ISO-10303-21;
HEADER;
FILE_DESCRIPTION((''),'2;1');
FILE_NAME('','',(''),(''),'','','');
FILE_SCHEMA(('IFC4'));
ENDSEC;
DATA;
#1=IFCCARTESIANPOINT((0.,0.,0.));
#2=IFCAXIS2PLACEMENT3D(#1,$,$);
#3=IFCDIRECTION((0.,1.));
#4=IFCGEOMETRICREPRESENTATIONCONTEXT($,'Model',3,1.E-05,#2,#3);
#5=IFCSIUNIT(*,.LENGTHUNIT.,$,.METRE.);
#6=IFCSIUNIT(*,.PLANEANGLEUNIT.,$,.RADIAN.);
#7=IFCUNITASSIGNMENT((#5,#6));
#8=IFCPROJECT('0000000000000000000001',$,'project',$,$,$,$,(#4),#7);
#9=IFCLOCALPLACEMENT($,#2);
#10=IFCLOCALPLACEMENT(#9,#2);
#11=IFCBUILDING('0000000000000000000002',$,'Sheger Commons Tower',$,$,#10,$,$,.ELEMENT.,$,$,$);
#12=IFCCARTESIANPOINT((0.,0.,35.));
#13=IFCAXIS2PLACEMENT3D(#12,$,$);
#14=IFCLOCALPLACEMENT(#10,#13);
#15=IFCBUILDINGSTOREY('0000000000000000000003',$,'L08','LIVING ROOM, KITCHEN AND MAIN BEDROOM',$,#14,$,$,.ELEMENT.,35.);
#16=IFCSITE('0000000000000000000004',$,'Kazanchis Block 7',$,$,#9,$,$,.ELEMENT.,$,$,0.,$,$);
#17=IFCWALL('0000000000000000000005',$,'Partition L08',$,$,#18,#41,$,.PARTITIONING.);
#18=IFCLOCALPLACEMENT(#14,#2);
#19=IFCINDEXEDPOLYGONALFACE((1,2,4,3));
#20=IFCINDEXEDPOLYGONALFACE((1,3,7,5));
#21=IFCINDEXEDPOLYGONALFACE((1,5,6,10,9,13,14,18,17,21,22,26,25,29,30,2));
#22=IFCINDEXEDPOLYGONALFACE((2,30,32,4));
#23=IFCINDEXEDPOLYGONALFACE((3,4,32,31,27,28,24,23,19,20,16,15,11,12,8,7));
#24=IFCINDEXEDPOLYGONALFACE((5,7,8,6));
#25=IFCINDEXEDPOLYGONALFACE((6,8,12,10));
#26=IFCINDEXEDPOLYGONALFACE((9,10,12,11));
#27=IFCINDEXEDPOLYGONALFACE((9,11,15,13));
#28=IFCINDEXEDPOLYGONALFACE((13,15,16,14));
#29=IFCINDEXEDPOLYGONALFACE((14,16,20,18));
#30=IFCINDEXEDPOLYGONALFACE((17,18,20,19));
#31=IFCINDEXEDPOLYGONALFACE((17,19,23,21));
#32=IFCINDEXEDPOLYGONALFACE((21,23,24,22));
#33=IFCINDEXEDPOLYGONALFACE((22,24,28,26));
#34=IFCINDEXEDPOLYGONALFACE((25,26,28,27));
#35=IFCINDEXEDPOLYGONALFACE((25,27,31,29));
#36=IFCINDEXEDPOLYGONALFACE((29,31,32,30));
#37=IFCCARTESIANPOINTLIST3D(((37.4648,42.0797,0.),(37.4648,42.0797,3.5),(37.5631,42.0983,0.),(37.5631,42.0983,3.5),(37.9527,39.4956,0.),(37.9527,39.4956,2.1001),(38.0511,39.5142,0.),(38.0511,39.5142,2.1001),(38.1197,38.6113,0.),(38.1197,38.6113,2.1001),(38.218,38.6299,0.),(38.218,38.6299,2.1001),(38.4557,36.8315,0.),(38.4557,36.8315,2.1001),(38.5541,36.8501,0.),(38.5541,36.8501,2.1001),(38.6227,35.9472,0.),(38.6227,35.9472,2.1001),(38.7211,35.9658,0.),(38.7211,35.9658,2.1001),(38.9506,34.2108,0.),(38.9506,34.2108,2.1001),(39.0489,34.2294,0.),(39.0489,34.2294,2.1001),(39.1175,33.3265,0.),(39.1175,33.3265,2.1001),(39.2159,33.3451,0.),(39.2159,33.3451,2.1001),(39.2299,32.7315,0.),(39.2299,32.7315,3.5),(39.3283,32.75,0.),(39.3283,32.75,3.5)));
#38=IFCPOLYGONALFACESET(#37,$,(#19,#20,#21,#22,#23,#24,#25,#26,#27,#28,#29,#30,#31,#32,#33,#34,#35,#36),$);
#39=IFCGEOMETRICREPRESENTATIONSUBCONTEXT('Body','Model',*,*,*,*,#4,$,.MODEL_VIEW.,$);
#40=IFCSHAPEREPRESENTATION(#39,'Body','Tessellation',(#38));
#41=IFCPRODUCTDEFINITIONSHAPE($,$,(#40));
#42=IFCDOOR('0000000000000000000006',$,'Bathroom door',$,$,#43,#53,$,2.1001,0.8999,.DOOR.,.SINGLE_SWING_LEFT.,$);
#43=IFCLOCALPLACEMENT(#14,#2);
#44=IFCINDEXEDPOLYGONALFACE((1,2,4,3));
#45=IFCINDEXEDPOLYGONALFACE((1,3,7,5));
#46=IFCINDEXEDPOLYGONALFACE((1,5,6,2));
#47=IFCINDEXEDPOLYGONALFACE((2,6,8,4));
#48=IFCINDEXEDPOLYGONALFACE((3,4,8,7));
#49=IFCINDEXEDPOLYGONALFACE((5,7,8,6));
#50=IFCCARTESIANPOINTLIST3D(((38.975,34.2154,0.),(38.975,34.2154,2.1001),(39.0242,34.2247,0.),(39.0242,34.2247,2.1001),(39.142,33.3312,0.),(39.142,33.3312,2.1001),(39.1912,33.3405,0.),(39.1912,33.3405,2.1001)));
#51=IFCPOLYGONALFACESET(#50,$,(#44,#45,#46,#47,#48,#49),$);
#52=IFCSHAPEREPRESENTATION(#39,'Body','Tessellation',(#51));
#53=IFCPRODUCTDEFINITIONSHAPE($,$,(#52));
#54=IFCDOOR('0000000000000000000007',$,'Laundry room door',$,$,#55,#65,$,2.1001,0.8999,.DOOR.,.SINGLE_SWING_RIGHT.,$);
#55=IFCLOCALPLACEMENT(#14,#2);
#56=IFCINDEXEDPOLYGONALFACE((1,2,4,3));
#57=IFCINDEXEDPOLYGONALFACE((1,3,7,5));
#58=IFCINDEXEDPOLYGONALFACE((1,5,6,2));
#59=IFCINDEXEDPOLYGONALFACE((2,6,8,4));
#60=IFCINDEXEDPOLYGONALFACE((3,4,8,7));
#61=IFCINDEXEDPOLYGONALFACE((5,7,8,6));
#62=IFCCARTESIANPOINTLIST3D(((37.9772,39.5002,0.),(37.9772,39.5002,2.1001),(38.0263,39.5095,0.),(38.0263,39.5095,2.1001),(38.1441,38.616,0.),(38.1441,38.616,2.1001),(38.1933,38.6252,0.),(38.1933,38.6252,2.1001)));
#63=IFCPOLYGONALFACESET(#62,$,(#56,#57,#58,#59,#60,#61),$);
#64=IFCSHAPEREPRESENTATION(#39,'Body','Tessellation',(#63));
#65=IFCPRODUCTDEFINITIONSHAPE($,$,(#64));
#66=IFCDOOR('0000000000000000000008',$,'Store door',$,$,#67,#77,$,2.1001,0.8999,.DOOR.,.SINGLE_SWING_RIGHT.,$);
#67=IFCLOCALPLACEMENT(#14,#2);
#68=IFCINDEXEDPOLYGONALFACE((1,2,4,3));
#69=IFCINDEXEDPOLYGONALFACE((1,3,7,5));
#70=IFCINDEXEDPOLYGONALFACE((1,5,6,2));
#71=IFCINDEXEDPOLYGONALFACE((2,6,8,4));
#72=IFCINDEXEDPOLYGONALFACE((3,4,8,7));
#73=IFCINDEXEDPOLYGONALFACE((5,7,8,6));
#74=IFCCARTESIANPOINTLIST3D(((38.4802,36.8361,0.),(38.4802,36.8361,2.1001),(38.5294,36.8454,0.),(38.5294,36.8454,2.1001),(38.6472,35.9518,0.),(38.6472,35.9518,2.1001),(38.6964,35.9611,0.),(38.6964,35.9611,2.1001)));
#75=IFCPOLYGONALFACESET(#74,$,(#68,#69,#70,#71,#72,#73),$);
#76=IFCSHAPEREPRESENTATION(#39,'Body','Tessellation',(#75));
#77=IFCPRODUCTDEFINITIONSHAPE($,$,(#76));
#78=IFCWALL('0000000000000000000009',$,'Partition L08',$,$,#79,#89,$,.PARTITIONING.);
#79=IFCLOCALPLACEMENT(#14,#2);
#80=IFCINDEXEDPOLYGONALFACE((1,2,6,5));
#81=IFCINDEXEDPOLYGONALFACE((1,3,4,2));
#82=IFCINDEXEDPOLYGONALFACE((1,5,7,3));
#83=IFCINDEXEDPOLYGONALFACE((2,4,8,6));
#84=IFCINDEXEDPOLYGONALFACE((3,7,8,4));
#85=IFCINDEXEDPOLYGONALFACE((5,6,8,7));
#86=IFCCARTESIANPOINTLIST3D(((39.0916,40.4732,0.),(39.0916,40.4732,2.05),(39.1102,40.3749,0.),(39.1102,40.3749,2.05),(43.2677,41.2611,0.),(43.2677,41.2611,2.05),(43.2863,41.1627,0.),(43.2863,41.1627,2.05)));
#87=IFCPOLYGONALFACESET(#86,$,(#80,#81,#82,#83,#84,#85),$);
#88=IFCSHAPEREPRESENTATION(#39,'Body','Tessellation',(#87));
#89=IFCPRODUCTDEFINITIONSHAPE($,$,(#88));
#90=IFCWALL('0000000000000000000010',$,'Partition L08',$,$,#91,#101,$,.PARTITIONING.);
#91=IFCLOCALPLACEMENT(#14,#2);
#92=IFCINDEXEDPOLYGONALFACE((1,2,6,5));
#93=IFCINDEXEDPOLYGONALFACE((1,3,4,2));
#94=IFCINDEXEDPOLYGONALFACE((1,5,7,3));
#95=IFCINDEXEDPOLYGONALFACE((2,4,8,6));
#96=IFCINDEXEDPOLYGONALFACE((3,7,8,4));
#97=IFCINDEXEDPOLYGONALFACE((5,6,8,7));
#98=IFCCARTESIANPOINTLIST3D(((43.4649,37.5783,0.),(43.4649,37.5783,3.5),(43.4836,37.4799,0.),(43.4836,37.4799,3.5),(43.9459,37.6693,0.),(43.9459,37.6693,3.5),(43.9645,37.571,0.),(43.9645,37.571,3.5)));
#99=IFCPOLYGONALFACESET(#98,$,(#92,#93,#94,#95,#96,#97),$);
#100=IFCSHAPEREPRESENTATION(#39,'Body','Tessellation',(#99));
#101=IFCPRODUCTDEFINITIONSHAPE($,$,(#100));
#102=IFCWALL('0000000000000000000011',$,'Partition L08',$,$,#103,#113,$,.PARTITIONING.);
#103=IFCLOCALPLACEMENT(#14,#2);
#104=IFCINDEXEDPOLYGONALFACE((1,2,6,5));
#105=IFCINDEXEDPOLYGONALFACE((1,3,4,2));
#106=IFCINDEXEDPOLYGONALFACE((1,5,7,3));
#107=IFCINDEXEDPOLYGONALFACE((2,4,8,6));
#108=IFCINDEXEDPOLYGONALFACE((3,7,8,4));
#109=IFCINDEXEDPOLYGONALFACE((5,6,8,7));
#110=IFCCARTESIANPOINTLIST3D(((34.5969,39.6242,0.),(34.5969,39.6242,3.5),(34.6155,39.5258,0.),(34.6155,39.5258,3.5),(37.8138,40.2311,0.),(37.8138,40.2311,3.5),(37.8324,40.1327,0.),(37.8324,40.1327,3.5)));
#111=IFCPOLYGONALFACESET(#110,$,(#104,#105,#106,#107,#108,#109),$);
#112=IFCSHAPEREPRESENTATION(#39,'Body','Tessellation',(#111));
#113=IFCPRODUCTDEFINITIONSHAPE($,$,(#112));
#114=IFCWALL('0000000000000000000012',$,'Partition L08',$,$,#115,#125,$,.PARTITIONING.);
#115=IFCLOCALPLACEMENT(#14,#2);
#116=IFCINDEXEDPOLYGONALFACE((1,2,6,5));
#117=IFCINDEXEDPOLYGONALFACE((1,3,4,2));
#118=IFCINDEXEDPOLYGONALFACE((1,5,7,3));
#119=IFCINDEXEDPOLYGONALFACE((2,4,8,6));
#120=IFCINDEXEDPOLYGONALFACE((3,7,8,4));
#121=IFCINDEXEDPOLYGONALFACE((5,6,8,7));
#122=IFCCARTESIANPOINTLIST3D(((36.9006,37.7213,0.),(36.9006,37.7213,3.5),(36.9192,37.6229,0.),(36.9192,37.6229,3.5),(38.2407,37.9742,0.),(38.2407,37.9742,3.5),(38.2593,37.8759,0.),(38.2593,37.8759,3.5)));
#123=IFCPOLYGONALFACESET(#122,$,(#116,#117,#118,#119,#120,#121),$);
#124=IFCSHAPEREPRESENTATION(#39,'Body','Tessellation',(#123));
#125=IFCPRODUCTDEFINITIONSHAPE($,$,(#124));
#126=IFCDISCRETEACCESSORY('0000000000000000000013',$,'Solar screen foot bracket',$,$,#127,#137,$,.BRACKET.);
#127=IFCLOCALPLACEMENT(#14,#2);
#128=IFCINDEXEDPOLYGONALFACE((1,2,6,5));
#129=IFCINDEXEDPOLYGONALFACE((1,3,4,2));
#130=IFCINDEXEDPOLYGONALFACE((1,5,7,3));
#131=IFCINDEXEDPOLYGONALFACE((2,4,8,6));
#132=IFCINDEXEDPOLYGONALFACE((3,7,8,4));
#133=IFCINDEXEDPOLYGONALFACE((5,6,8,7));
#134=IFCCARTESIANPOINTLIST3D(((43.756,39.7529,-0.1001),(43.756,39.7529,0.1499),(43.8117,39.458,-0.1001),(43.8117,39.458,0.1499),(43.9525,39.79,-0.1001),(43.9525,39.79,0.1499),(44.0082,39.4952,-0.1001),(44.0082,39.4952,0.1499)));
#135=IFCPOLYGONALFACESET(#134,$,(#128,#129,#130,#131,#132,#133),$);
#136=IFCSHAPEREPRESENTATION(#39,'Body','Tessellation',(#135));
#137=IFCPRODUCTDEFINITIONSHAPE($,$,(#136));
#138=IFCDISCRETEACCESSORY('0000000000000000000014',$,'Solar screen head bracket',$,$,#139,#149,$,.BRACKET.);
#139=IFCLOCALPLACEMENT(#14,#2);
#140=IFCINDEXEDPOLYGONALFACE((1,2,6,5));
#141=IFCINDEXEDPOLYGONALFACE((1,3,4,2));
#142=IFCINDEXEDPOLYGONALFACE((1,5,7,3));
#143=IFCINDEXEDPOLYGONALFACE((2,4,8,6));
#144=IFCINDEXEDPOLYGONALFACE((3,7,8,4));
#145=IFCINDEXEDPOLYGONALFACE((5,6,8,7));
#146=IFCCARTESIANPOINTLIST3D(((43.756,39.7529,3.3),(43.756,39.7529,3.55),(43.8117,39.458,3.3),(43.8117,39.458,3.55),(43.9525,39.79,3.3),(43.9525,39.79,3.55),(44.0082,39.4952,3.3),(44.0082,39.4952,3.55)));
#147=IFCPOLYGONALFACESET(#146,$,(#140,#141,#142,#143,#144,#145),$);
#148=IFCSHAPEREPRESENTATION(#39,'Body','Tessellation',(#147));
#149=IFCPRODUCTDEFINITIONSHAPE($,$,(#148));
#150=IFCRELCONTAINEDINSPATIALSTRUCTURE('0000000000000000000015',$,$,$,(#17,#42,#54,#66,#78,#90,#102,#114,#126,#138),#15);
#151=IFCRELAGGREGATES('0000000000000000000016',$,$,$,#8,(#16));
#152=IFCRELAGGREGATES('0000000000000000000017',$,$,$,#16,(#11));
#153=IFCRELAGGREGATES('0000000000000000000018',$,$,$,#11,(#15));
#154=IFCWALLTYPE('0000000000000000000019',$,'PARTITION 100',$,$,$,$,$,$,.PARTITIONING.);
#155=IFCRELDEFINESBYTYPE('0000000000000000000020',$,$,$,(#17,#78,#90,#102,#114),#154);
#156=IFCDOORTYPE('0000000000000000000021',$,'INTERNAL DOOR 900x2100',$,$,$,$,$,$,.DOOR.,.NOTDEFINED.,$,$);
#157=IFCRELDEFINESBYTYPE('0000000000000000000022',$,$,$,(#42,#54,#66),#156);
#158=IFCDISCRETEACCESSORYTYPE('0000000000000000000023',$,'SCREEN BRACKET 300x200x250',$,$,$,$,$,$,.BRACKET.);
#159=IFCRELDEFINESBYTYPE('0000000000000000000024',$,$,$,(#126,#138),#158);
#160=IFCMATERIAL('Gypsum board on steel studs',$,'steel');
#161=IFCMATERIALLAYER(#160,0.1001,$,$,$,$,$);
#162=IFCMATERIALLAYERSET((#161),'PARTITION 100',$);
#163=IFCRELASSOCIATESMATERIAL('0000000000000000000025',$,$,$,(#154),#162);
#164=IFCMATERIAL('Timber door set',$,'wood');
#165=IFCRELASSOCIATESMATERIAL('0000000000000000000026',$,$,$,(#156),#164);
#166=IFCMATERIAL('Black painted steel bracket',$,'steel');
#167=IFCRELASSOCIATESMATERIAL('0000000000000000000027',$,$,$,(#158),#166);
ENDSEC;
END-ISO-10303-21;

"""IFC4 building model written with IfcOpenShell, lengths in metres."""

from ifc_helpers import new_model, si_unit, direction, frame, frame_2d, origin, origin_2d, place, context, subcontext, project, spatial, rectangle, extrude, material, layer, layer_set, type_object, element, fill, save


model = new_model("IFC4")

# Units and contexts
model_context = context("Model", 3, precision=1e-05, world=origin(), true_north=direction((0.0, 1.0)))
body_context = subcontext(model_context, "Body", "Model", "MODEL_VIEW")
ifc_project = project(units=[si_unit("LENGTHUNIT", "METRE"), si_unit("PLANEANGLEUNIT", "RADIAN")], contexts=[model_context])

# Site, building, storey
site_placement = place(None, origin())
site = spatial("IfcSite", under=ifc_project, at=site_placement, Name="Kazanchis Block 7", CompositionType="ELEMENT", RefElevation=0.0)
building_placement = place(site_placement, origin())
building = spatial("IfcBuilding", under=site, at=building_placement, Name="Sheger Commons Tower", CompositionType="ELEMENT")
storey_placement = place(building_placement, frame((0.0, 0.0, 35.0)))
storey = spatial("IfcBuildingStorey", under=building, at=storey_placement, Name="L08", Description="LIVING ROOM, KITCHEN AND MAIN BEDROOM", CompositionType="ELEMENT", Elevation=35.0)

# Shared definitions
ifc_material_1 = material(Name="Gypsum board on steel studs", Category="steel")
ifc_layer_1 = layer(ifc_material_1, 0.1001)
ifc_layer_set_1 = layer_set([ifc_layer_1], Name="PARTITION 100")
wall_type = type_object("IfcWallType", Name="PARTITION 100", PredefinedType="PARTITIONING", material=ifc_layer_set_1)

# Shared definitions
ifc_material_2 = material(Name="Timber door set", Category="wood")
door_type = type_object("IfcDoorType", Name="INTERNAL DOOR 900x2100", OperationType="NOTDEFINED", PredefinedType="DOOR", material=ifc_material_2)

# Wall, openings, doors
wall_1_placement = place(storey_placement, frame((37.5139, 42.0891, 0.0), z_axis=(0.0, 0.0, 1.0), x_axis=(0.185543, -0.982636, 0.0)))
wall_1 = element("IfcWall", 1, at=wall_1_placement, inside=storey, type_object=wall_type, Name="Partition L08", PredefinedType="PARTITIONING", context=body_context, shape_type="SweptSolid", body=[
    extrude(rectangle(XDim=9.5134, YDim=0.1001, at=frame_2d((4.7568, 0.0))), origin(), (0.0, 0.0, 1.0), 3.5),
])
opening_1_placement = place(wall_1_placement, frame((8.0081, 0.0, 0.0)))
opening_1 = element("IfcOpeningElement", 2, at=opening_1_placement, cuts=wall_1, PredefinedType="OPENING", context=body_context, shape_type="SweptSolid", body=[
    extrude(rectangle(XDim=0.8999, YDim=2.1001, at=frame_2d((0.45, 1.05))), frame((0.0, 0.0601, 0.0), z_axis=(0.0, -1.0, 0.0), x_axis=(1.0, 0.0, 0.0)), (0.0, 0.0, 1.0), 0.1201),
])
opening_2_placement = place(wall_1_placement, frame((2.6299, 0.0, 0.0)))
opening_2 = element("IfcOpeningElement", 3, at=opening_2_placement, cuts=wall_1, PredefinedType="OPENING", context=body_context, shape_type="SweptSolid", body=[
    extrude(rectangle(XDim=0.8999, YDim=2.1001, at=frame_2d((0.45, 1.05))), frame((0.0, 0.0601, 0.0), z_axis=(0.0, -1.0, 0.0), x_axis=(1.0, 0.0, 0.0)), (0.0, 0.0, 1.0), 0.1201),
])
opening_3_placement = place(wall_1_placement, frame((5.3411, 0.0, 0.0)))
opening_3 = element("IfcOpeningElement", 4, at=opening_3_placement, cuts=wall_1, PredefinedType="OPENING", context=body_context, shape_type="SweptSolid", body=[
    extrude(rectangle(XDim=0.8999, YDim=2.1001, at=frame_2d((0.45, 1.05))), frame((0.0, 0.0601, 0.0), z_axis=(0.0, -1.0, 0.0), x_axis=(1.0, 0.0, 0.0)), (0.0, 0.0, 1.0), 0.1201),
])
door_1_placement = place(opening_1_placement, origin())
door_1 = element("IfcDoor", 5, at=door_1_placement, inside=storey, type_object=door_type, Name="Bathroom door", OperationType="SINGLE_SWING_LEFT", OverallHeight=2.1001, OverallWidth=0.8999, PredefinedType="DOOR", context=body_context, shape_type="SweptSolid", body=[
    extrude(rectangle(XDim=0.8999, YDim=2.1001, at=frame_2d((0.45, 1.05))), frame((0.0, 0.0249, 0.0), z_axis=(0.0, -1.0, 0.0), x_axis=(1.0, 0.0, 0.0)), (0.0, 0.0, 1.0), 0.05),
])
fill(opening_1, door_1)
door_2_placement = place(opening_2_placement, origin())
door_2 = element("IfcDoor", 6, at=door_2_placement, inside=storey, type_object=door_type, Name="Laundry room door", OperationType="SINGLE_SWING_RIGHT", OverallHeight=2.1001, OverallWidth=0.8999, PredefinedType="DOOR", context=body_context, shape_type="SweptSolid", body=[
    extrude(rectangle(XDim=0.8999, YDim=2.1001, at=frame_2d((0.45, 1.05))), frame((0.0, 0.0249, 0.0), z_axis=(0.0, -1.0, 0.0), x_axis=(1.0, 0.0, 0.0)), (0.0, 0.0, 1.0), 0.05),
])
fill(opening_2, door_2)
door_3_placement = place(opening_3_placement, origin())
door_3 = element("IfcDoor", 7, at=door_3_placement, inside=storey, type_object=door_type, Name="Store door", OperationType="SINGLE_SWING_RIGHT", OverallHeight=2.1001, OverallWidth=0.8999, PredefinedType="DOOR", context=body_context, shape_type="SweptSolid", body=[
    extrude(rectangle(XDim=0.8999, YDim=2.1001, at=frame_2d((0.45, 1.05))), frame((0.0, 0.0249, 0.0), z_axis=(0.0, -1.0, 0.0), x_axis=(1.0, 0.0, 0.0)), (0.0, 0.0, 1.0), 0.05),
])
fill(opening_3, door_3)

# Walls
wall_2_placement = place(storey_placement, frame((43.2771, 41.2119, 0.0), z_axis=(0.0, 0.0, 1.0), x_axis=(-0.982665, -0.185388, 0.0)))
element("IfcWall", 8, at=wall_2_placement, inside=storey, type_object=wall_type, Name="Partition L08", PredefinedType="PARTITIONING", context=body_context, shape_type="SweptSolid", body=[
    extrude(rectangle(XDim=4.2498, YDim=0.1001, at=frame_2d((2.125, 0.0))), origin(), (0.0, 0.0, 1.0), 2.05),
])
wall_3_placement = place(storey_placement, frame((43.9551, 37.6201, 0.0), z_axis=(0.0, 0.0, 1.0), x_axis=(-0.982543, -0.186035, 0.0)))
element("IfcWall", 9, at=wall_3_placement, inside=storey, type_object=wall_type, Name="Partition L08", PredefinedType="PARTITIONING", context=body_context, shape_type="SweptSolid", body=[
    extrude(rectangle(XDim=0.4895, YDim=0.1001, at=frame_2d((0.2446, 0.0))), origin(), (0.0, 0.0, 1.0), 3.5),
])
wall_4_placement = place(storey_placement, frame((37.823, 40.1819, 0.0), z_axis=(0.0, 0.0, 1.0), x_axis=(-0.982665, -0.185392, 0.0)))
element("IfcWall", 10, at=wall_4_placement, inside=storey, type_object=wall_type, Name="Partition L08", PredefinedType="PARTITIONING", context=body_context, shape_type="SweptSolid", body=[
    extrude(rectangle(XDim=3.2737, YDim=0.1001, at=frame_2d((1.6367, 0.0))), origin(), (0.0, 0.0, 1.0), 3.5),
])
wall_5_placement = place(storey_placement, frame((38.25, 37.925, 0.0), z_axis=(0.0, 0.0, 1.0), x_axis=(-0.982651, -0.185467, 0.0)))
element("IfcWall", 11, at=wall_5_placement, inside=storey, type_object=wall_type, Name="Partition L08", PredefinedType="PARTITIONING", context=body_context, shape_type="SweptSolid", body=[
    extrude(rectangle(XDim=1.3638, YDim=0.1001, at=frame_2d((0.6819, 0.0))), origin(), (0.0, 0.0, 1.0), 3.5),
])

# Discrete accessories
ifc_material_3 = material(Name="Black painted steel bracket", Category="steel")
discrete_accessory_type = type_object("IfcDiscreteAccessoryType", Name="SCREEN BRACKET 300x200x250", PredefinedType="BRACKET", material=ifc_material_3)
for number, where, z_axis, x_axis, name in (
    (12, (43.8821, 39.624, -0.1001), (0.0, 0.0, 1.0), (-0.185615, 0.982623, 0.0), "Solar screen foot bracket"),
    (13, (43.8821, 39.624, 3.3), (0.0, 0.0, 1.0), (-0.185615, 0.982623, 0.0), "Solar screen head bracket"),
):
    element("IfcDiscreteAccessory", number, at=place(storey_placement, frame(where, z_axis=z_axis, x_axis=x_axis)), inside=storey, type_object=discrete_accessory_type, Name=name, PredefinedType="BRACKET", context=body_context, shape_type="SweptSolid", body=[
        extrude(rectangle(XDim=0.3, YDim=0.2, at=origin_2d()), origin(), (0.0, 0.0, 1.0), 0.25),
    ])

save(model, "model.ifc")
